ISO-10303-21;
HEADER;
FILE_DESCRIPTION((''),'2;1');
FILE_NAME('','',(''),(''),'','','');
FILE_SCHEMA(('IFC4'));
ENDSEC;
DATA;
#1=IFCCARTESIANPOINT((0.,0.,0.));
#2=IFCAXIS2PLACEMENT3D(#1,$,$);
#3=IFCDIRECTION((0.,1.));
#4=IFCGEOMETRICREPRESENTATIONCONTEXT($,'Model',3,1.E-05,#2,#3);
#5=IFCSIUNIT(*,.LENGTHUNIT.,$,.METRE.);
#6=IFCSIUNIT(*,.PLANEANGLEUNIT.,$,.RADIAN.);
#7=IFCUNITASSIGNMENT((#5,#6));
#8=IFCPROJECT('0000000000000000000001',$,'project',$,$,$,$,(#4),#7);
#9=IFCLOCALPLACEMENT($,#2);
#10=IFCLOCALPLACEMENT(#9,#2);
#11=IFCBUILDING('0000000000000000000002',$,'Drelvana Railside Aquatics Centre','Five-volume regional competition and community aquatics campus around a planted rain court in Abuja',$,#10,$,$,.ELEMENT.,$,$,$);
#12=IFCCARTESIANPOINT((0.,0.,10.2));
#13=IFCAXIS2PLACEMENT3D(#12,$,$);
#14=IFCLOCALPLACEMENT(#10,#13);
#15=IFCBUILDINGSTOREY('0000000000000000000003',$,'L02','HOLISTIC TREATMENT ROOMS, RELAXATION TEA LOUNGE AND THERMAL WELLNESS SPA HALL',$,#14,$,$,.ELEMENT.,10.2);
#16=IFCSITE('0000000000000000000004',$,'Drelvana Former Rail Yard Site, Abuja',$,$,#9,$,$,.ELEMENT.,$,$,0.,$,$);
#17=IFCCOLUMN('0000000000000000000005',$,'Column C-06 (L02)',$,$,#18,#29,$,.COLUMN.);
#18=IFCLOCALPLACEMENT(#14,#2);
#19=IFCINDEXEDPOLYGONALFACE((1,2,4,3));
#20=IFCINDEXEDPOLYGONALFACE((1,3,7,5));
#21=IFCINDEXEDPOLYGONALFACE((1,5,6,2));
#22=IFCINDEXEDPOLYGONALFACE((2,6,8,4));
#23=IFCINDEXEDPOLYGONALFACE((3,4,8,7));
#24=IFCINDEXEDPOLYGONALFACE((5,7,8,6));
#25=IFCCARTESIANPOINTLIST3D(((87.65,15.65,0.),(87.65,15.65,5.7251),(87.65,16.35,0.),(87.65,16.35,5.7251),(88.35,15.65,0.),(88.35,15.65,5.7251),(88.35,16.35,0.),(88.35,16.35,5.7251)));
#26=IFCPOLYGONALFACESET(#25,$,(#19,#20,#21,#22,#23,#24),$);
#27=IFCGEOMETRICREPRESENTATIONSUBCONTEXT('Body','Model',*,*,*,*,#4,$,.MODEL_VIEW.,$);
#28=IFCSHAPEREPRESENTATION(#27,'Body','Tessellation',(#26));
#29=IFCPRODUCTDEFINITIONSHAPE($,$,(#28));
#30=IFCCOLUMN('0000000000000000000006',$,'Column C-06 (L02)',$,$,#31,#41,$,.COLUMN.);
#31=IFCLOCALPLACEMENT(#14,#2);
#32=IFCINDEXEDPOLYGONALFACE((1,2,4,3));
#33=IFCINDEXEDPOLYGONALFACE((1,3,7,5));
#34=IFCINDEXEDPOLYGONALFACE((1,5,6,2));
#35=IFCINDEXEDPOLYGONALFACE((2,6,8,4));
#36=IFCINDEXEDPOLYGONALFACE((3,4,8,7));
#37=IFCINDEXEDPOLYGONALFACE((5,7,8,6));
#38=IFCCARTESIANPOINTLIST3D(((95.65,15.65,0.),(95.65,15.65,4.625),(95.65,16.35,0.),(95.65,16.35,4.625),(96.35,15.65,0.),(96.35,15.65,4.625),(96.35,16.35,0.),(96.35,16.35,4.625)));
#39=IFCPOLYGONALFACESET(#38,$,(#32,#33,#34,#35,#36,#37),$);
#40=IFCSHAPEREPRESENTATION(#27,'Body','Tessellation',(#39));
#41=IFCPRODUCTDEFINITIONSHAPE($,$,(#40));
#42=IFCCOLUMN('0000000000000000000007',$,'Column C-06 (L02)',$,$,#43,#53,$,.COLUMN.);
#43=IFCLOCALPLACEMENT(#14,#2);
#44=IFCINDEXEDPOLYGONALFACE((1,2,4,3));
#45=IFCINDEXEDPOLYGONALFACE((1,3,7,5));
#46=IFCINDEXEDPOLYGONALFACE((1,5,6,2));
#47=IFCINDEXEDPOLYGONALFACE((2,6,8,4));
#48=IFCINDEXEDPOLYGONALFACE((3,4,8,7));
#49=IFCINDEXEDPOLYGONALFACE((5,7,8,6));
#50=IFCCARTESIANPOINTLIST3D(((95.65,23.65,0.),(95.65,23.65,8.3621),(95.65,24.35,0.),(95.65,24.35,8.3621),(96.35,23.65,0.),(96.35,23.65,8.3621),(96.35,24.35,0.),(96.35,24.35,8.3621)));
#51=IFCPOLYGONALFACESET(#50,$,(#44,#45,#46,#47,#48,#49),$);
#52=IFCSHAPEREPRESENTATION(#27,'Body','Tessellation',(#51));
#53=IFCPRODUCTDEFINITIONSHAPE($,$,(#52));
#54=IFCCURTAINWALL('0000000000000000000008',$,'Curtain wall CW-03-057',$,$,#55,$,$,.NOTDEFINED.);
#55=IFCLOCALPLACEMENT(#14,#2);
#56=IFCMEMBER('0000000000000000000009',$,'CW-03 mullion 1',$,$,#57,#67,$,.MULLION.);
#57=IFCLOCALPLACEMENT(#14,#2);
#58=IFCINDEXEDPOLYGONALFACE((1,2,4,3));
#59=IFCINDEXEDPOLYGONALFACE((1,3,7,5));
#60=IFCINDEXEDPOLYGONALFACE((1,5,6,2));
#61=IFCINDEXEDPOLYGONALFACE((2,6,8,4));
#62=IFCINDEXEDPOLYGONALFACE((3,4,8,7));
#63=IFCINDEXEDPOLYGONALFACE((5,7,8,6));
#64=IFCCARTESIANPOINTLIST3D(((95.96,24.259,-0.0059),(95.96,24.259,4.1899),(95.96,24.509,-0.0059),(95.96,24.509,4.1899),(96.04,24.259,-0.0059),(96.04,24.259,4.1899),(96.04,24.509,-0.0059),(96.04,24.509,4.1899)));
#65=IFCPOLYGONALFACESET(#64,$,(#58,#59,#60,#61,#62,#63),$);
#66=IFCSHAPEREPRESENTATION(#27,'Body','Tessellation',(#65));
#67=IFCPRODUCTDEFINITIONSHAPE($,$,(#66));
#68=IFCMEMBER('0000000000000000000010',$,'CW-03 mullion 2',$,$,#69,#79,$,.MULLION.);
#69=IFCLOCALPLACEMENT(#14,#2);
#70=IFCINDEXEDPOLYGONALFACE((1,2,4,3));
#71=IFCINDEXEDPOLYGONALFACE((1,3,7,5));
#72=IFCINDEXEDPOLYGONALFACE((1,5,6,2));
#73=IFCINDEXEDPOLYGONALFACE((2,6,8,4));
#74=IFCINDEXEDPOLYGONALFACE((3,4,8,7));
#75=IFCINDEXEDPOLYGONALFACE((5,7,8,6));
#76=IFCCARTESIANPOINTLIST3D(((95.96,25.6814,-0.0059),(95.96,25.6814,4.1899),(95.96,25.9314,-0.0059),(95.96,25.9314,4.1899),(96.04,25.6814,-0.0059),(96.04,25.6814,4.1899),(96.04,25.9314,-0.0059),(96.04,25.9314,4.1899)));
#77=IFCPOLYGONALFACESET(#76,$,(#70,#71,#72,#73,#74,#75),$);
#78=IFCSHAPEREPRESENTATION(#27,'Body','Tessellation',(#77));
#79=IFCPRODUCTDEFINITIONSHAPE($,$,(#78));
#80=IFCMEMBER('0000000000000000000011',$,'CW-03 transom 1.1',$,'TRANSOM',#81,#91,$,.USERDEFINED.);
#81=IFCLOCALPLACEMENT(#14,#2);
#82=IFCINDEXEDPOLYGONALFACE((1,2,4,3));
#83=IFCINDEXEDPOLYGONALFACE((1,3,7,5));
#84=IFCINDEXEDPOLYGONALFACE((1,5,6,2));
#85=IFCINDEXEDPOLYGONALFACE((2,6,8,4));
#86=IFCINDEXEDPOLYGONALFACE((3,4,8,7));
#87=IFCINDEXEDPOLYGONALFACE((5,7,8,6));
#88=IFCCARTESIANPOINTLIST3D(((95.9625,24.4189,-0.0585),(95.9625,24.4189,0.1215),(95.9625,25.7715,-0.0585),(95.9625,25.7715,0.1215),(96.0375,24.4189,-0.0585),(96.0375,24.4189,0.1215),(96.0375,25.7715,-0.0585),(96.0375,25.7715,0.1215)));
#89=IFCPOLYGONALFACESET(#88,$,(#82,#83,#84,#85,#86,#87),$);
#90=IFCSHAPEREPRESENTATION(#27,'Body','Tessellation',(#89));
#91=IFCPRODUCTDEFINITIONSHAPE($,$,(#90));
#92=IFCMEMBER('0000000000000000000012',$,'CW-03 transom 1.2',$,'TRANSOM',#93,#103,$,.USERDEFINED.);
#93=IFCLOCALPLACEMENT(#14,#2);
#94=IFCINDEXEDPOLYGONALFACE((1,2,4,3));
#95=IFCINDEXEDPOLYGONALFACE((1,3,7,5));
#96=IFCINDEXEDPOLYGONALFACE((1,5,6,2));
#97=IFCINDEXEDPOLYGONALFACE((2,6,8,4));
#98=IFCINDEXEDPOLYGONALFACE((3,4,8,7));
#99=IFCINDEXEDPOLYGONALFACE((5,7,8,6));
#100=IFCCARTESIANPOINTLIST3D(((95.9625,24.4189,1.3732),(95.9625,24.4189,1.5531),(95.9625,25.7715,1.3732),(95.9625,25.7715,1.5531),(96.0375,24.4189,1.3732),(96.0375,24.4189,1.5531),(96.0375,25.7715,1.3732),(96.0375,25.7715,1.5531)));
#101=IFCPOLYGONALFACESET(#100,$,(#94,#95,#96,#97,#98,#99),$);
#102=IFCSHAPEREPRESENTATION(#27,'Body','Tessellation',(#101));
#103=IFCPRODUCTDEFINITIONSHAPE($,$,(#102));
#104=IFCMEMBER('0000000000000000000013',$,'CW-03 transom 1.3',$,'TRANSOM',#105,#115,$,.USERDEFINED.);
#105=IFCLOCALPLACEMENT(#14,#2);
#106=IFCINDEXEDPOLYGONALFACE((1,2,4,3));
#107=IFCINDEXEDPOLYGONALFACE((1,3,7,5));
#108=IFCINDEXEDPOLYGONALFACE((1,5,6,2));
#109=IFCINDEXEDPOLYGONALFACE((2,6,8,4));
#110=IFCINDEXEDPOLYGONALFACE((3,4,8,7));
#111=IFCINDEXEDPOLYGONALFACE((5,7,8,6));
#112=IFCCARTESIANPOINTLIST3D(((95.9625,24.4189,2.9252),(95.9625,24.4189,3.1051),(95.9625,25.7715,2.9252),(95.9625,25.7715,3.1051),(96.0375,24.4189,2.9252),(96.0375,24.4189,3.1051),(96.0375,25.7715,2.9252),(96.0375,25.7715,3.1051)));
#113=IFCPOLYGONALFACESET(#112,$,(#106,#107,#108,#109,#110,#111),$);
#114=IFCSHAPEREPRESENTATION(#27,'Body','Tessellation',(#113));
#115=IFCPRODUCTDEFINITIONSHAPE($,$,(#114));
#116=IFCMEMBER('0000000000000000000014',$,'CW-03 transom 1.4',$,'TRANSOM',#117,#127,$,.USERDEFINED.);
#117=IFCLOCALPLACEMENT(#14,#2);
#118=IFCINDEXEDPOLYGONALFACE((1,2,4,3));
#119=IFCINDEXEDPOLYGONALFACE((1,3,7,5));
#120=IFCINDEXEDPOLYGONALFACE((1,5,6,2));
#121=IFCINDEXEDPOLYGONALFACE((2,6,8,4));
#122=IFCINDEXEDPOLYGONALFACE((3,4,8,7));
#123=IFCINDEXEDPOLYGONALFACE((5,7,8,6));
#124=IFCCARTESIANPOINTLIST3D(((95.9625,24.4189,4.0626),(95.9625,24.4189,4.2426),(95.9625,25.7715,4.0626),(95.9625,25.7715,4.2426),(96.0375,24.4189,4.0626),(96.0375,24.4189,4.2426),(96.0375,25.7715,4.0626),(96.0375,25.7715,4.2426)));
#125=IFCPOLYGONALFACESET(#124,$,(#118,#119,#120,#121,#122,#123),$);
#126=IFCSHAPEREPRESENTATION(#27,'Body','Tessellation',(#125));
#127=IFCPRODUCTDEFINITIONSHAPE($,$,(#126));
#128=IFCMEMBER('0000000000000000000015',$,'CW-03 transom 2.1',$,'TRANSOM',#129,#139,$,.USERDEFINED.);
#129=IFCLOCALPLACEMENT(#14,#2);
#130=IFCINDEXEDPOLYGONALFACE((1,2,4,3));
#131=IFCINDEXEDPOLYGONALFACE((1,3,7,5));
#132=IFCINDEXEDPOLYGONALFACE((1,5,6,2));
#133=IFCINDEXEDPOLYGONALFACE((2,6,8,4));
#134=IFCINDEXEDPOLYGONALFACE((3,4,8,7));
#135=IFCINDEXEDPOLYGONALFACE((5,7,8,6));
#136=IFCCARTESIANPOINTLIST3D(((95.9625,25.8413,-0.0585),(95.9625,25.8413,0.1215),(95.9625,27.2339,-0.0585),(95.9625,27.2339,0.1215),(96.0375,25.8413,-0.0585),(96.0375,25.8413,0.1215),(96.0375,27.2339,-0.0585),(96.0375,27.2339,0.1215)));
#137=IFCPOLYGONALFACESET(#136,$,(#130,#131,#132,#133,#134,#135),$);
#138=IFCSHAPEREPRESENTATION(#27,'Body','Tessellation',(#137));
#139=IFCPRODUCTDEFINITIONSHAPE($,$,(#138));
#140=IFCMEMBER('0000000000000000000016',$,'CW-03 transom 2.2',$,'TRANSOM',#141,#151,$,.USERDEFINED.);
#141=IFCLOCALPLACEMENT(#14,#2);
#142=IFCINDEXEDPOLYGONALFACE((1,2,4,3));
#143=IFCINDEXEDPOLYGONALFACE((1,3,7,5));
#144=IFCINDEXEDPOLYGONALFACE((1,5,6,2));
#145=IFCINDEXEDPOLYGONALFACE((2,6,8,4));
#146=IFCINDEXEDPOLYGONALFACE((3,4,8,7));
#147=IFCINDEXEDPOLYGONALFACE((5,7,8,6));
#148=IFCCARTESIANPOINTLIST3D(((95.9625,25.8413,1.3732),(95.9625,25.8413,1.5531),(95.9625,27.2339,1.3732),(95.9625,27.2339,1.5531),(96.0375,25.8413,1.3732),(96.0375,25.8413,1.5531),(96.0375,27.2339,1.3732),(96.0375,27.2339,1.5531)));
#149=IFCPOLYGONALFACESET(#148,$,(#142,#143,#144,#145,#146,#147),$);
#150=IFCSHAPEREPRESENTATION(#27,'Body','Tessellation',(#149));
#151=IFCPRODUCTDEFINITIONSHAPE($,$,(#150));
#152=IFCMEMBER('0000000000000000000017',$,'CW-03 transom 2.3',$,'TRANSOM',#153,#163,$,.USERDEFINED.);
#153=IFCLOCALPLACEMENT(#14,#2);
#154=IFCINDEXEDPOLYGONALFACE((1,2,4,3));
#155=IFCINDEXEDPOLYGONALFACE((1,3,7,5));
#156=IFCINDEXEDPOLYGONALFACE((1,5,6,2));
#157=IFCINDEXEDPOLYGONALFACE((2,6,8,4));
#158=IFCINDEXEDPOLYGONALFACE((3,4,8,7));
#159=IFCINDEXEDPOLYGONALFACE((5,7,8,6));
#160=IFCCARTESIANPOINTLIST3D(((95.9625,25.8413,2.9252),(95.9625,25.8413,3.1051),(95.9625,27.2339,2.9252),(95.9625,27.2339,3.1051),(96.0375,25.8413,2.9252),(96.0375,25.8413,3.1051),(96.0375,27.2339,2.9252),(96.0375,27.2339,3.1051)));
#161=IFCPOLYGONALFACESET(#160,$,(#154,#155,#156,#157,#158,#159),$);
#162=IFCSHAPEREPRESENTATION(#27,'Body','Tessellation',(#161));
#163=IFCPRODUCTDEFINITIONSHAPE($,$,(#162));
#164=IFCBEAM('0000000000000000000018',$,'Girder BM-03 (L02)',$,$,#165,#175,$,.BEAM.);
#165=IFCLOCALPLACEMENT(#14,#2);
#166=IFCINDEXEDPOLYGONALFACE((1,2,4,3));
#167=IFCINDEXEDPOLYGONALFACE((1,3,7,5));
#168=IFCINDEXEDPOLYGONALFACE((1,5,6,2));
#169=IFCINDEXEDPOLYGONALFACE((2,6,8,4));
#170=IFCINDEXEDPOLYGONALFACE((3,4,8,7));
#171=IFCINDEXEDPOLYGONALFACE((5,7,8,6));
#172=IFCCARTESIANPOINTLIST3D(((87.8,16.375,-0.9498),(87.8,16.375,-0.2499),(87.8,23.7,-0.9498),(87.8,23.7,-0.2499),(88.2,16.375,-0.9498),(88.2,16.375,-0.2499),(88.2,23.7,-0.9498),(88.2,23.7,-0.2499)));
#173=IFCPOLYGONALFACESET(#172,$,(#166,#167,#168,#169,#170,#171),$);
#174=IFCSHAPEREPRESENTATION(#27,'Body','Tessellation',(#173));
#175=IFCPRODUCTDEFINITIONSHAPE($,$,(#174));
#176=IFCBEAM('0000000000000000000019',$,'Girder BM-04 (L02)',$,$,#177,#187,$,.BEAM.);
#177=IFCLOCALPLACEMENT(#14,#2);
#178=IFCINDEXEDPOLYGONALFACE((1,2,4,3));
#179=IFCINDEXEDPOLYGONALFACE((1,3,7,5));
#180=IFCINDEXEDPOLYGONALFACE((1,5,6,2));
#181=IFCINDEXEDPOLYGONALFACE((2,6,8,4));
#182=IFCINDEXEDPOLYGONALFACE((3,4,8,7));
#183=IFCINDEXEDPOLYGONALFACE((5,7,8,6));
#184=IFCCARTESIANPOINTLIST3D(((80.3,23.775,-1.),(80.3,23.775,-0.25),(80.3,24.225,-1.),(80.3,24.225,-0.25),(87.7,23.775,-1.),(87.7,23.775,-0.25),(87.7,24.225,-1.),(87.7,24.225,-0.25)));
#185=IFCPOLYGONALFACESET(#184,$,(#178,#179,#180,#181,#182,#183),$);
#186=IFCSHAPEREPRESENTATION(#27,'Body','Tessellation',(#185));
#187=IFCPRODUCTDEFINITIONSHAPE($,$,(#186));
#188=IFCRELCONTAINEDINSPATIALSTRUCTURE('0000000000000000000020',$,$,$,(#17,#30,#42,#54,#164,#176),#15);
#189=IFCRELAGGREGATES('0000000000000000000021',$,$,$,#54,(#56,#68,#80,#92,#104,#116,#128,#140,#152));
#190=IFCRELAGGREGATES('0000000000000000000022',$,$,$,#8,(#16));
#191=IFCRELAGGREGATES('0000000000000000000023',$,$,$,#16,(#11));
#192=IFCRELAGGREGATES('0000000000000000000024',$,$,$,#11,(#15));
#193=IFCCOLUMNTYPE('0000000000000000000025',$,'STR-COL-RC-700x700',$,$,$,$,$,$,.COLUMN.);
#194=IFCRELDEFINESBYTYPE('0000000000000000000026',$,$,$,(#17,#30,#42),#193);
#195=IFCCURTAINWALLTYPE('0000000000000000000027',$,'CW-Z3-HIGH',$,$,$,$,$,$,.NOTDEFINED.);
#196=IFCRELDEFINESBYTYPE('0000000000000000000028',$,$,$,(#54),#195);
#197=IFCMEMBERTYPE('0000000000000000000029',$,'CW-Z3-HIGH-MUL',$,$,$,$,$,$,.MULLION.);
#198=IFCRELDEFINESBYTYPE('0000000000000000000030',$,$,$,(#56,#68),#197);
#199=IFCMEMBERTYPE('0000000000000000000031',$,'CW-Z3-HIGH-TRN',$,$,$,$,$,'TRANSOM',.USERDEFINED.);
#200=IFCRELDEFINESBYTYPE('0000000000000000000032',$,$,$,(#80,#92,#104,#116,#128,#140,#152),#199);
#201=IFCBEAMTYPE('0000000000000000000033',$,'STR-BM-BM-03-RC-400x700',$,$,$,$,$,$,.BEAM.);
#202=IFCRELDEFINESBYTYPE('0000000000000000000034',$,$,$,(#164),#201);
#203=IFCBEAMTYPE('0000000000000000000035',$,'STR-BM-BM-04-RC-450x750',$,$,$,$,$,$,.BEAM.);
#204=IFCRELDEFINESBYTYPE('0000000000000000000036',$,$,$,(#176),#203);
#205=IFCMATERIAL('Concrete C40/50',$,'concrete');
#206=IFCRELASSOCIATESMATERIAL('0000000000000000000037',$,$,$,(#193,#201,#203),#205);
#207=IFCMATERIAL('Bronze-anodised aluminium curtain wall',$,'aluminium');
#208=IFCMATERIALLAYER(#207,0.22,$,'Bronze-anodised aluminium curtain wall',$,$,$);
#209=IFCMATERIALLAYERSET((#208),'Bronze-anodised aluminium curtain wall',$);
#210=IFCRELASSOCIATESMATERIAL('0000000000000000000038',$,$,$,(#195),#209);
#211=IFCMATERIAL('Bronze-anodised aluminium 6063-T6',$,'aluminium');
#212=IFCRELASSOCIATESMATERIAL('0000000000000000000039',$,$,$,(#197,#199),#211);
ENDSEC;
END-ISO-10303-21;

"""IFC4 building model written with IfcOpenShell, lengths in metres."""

from ifc_helpers import new_model, si_unit, direction, frame, origin, origin_2d, place, context, subcontext, project, spatial, rectangle, extrude, material, layer, layer_set, material_profile, profile_set, type_object, element, aggregate, save


model = new_model("IFC4")

# Units and contexts
model_context = context("Model", 3, precision=1e-05, world=origin(), true_north=direction((0.0, 1.0)))
body_context = subcontext(model_context, "Body", "Model", "MODEL_VIEW")
ifc_project = project(units=[si_unit("LENGTHUNIT", "METRE"), si_unit("PLANEANGLEUNIT", "RADIAN")], contexts=[model_context])

# Site, building, storey
site_placement = place(None, origin())
site = spatial("IfcSite", under=ifc_project, at=site_placement, Name="Drelvana Former Rail Yard Site, Abuja", CompositionType="ELEMENT", RefElevation=0.0)
building_placement = place(site_placement, origin())
building = spatial("IfcBuilding", under=site, at=building_placement, Name="Drelvana Railside Aquatics Centre", Description="Five-volume regional competition and community aquatics campus around a planted rain court in Abuja", CompositionType="ELEMENT")
storey_placement = place(building_placement, frame((0.0, 0.0, 10.2)))
storey = spatial("IfcBuildingStorey", under=building, at=storey_placement, Name="L02", Description="HOLISTIC TREATMENT ROOMS, RELAXATION TEA LOUNGE AND THERMAL WELLNESS SPA HALL", CompositionType="ELEMENT", Elevation=10.2)

# Columns
ifc_material_1 = material(Name="Concrete C40/50", Category="concrete")
ifc_material_profile_1 = material_profile(ifc_material_1, rectangle(XDim=0.7, YDim=0.7, at=origin_2d()), Name="RC 700x700")
ifc_profile_set_1 = profile_set([ifc_material_profile_1], Name="Concrete C40/50")
column_type = type_object("IfcColumnType", Name="STR-COL-RC-700x700", PredefinedType="COLUMN", material=ifc_profile_set_1)
column_1_placement = place(storey_placement, frame((88.0, 16.0, 0.0), z_axis=(0.0, 0.0, 1.0), x_axis=(1.0, 0.0, 0.0)))
element("IfcColumn", 1, at=column_1_placement, inside=storey, type_object=column_type, Name="Column C-06 (L02)", PredefinedType="COLUMN", context=body_context, shape_type="SweptSolid", body=[
    extrude(rectangle(XDim=0.7, YDim=0.7, at=origin_2d()), origin(), (0.0, 0.0, 1.0), 5.7251),
])
column_2_placement = place(storey_placement, frame((96.0, 16.0, 0.0), z_axis=(0.0, 0.0, 1.0), x_axis=(1.0, 0.0, 0.0)))
element("IfcColumn", 2, at=column_2_placement, inside=storey, type_object=column_type, Name="Column C-06 (L02)", PredefinedType="COLUMN", context=body_context, shape_type="SweptSolid", body=[
    extrude(rectangle(XDim=0.7, YDim=0.7, at=origin_2d()), origin(), (0.0, 0.0, 1.0), 4.625),
])
column_3_placement = place(storey_placement, frame((96.0, 24.0, 0.0), z_axis=(0.0, 0.0, 1.0), x_axis=(1.0, 0.0, 0.0)))
element("IfcColumn", 3, at=column_3_placement, inside=storey, type_object=column_type, Name="Column C-06 (L02)", PredefinedType="COLUMN", context=body_context, shape_type="SweptSolid", body=[
    extrude(rectangle(XDim=0.7, YDim=0.7, at=origin_2d()), origin(), (0.0, 0.0, 1.0), 8.3621),
])

# Curtain wall, members
ifc_material_2 = material(Name="Bronze-anodised aluminium curtain wall", Category="aluminium")
ifc_layer_1 = layer(ifc_material_2, 0.22, Name="Bronze-anodised aluminium curtain wall")
ifc_layer_set_1 = layer_set([ifc_layer_1], Name="Bronze-anodised aluminium curtain wall")
curtain_wall_type = type_object("IfcCurtainWallType", Name="CW-Z3-HIGH", PredefinedType="NOTDEFINED", material=ifc_layer_set_1)
curtain_wall_placement = place(storey_placement, origin())
curtain_wall = element("IfcCurtainWall", 4, at=curtain_wall_placement, inside=storey, type_object=curtain_wall_type, Name="Curtain wall CW-03-057", PredefinedType="NOTDEFINED")
ifc_material_3 = material(Name="Bronze-anodised aluminium 6063-T6", Category="aluminium")
ifc_material_profile_2 = material_profile(ifc_material_3, rectangle(XDim=0.0801, YDim=0.25, at=origin_2d()), Name="ALU-M 80x250")
ifc_profile_set_2 = profile_set([ifc_material_profile_2], Name="Bronze-anodised aluminium 6063-T6")
member_type_1 = type_object("IfcMemberType", Name="CW-Z3-HIGH-MUL", PredefinedType="MULLION", material=ifc_profile_set_2)
member_1_placement = place(storey_placement, frame((96.0, 24.384, -0.0059), z_axis=(0.0, 0.0, 1.0), x_axis=(-1.0, 0.0, 0.0)))
member_1 = element("IfcMember", 5, at=member_1_placement, type_object=member_type_1, Name="CW-03 mullion 1", PredefinedType="MULLION", context=body_context, shape_type="SweptSolid", body=[
    extrude(rectangle(XDim=0.0801, YDim=0.25, at=origin_2d()), origin(), (0.0, 0.0, 1.0), 4.1958),
])
member_2_placement = place(storey_placement, frame((96.0, 25.8064, -0.0059), z_axis=(0.0, 0.0, 1.0), x_axis=(-1.0, 0.0, 0.0)))
member_2 = element("IfcMember", 6, at=member_2_placement, type_object=member_type_1, Name="CW-03 mullion 2", PredefinedType="MULLION", context=body_context, shape_type="SweptSolid", body=[
    extrude(rectangle(XDim=0.0801, YDim=0.25, at=origin_2d()), origin(), (0.0, 0.0, 1.0), 4.1958),
])
ifc_material_profile_3 = material_profile(ifc_material_3, rectangle(XDim=0.1799, YDim=0.075, at=origin_2d()), Name="ALU-T 75x180")
ifc_profile_set_3 = profile_set([ifc_material_profile_3], Name="Bronze-anodised aluminium 6063-T6")
member_type_2 = type_object("IfcMemberType", Name="CW-Z3-HIGH-TRN", ElementType="TRANSOM", PredefinedType="USERDEFINED", material=ifc_profile_set_3)
member_3_placement = place(storey_placement, frame((96.0, 24.4189, 0.0315), z_axis=(0.0, 1.0, 0.0), x_axis=(0.0, 0.0, 1.0)))
member_3 = element("IfcMember", 7, at=member_3_placement, type_object=member_type_2, Name="CW-03 transom 1.1", ObjectType="TRANSOM", PredefinedType="USERDEFINED", context=body_context, shape_type="SweptSolid", body=[
    extrude(rectangle(XDim=0.1799, YDim=0.075, at=origin_2d()), origin(), (0.0, 0.0, 1.0), 1.3525),
])
member_4_placement = place(storey_placement, frame((96.0, 24.4189, 1.4631), z_axis=(0.0, 1.0, 0.0), x_axis=(0.0, 0.0, 1.0)))
member_4 = element("IfcMember", 8, at=member_4_placement, type_object=member_type_2, Name="CW-03 transom 1.2", ObjectType="TRANSOM", PredefinedType="USERDEFINED", context=body_context, shape_type="SweptSolid", body=[
    extrude(rectangle(XDim=0.1799, YDim=0.075, at=origin_2d()), origin(), (0.0, 0.0, 1.0), 1.3525),
])
member_5_placement = place(storey_placement, frame((96.0, 24.4189, 3.0151), z_axis=(0.0, 1.0, 0.0), x_axis=(0.0, 0.0, 1.0)))
member_5 = element("IfcMember", 9, at=member_5_placement, type_object=member_type_2, Name="CW-03 transom 1.3", ObjectType="TRANSOM", PredefinedType="USERDEFINED", context=body_context, shape_type="SweptSolid", body=[
    extrude(rectangle(XDim=0.1799, YDim=0.075, at=origin_2d()), origin(), (0.0, 0.0, 1.0), 1.3525),
])
member_6_placement = place(storey_placement, frame((96.0, 24.4189, 4.1526), z_axis=(0.0, 1.0, 0.0), x_axis=(0.0, 0.0, 1.0)))
member_6 = element("IfcMember", 10, at=member_6_placement, type_object=member_type_2, Name="CW-03 transom 1.4", ObjectType="TRANSOM", PredefinedType="USERDEFINED", context=body_context, shape_type="SweptSolid", body=[
    extrude(rectangle(XDim=0.1799, YDim=0.075, at=origin_2d()), origin(), (0.0, 0.0, 1.0), 1.3525),
])
member_7_placement = place(storey_placement, frame((96.0, 25.8413, 0.0315), z_axis=(0.0, 1.0, 0.0), x_axis=(0.0, 0.0, 1.0)))
member_7 = element("IfcMember", 11, at=member_7_placement, type_object=member_type_2, Name="CW-03 transom 2.1", ObjectType="TRANSOM", PredefinedType="USERDEFINED", context=body_context, shape_type="SweptSolid", body=[
    extrude(rectangle(XDim=0.1799, YDim=0.075, at=origin_2d()), origin(), (0.0, 0.0, 1.0), 1.3926),
])
member_8_placement = place(storey_placement, frame((96.0, 25.8413, 1.4631), z_axis=(0.0, 1.0, 0.0), x_axis=(0.0, 0.0, 1.0)))
member_8 = element("IfcMember", 12, at=member_8_placement, type_object=member_type_2, Name="CW-03 transom 2.2", ObjectType="TRANSOM", PredefinedType="USERDEFINED", context=body_context, shape_type="SweptSolid", body=[
    extrude(rectangle(XDim=0.1799, YDim=0.075, at=origin_2d()), origin(), (0.0, 0.0, 1.0), 1.3926),
])
member_9_placement = place(storey_placement, frame((96.0, 25.8413, 3.0151), z_axis=(0.0, 1.0, 0.0), x_axis=(0.0, 0.0, 1.0)))
member_9 = element("IfcMember", 13, at=member_9_placement, type_object=member_type_2, Name="CW-03 transom 2.3", ObjectType="TRANSOM", PredefinedType="USERDEFINED", context=body_context, shape_type="SweptSolid", body=[
    extrude(rectangle(XDim=0.1799, YDim=0.075, at=origin_2d()), origin(), (0.0, 0.0, 1.0), 1.3926),
])

# Beams
ifc_material_profile_4 = material_profile(ifc_material_1, rectangle(XDim=0.3999, YDim=0.7, at=origin_2d()), Name="RC 400x700")
ifc_profile_set_4 = profile_set([ifc_material_profile_4], Name="Concrete C40/50")
beam_type_1 = type_object("IfcBeamType", Name="STR-BM-BM-03-RC-400x700", PredefinedType="BEAM", material=ifc_profile_set_4)
beam_1_placement = place(storey_placement, frame((88.0, 16.375, -0.5999), z_axis=(0.0, 1.0, 0.0), x_axis=(-1.0, 0.0, 0.0)))
element("IfcBeam", 14, at=beam_1_placement, inside=storey, type_object=beam_type_1, Name="Girder BM-03 (L02)", PredefinedType="BEAM", context=body_context, shape_type="SweptSolid", body=[
    extrude(rectangle(XDim=0.3999, YDim=0.7, at=origin_2d()), origin(), (0.0, 0.0, 1.0), 7.325),
])
ifc_material_profile_5 = material_profile(ifc_material_1, rectangle(XDim=0.45, YDim=0.75, at=origin_2d()), Name="RC 450x750")
ifc_profile_set_5 = profile_set([ifc_material_profile_5], Name="Concrete C40/50")
beam_type_2 = type_object("IfcBeamType", Name="STR-BM-BM-04-RC-450x750", PredefinedType="BEAM", material=ifc_profile_set_5)
beam_2_placement = place(storey_placement, frame((80.3, 24.0, -0.625), z_axis=(1.0, 0.0, 0.0), x_axis=(0.0, 1.0, 0.0)))
element("IfcBeam", 15, at=beam_2_placement, inside=storey, type_object=beam_type_2, Name="Girder BM-04 (L02)", PredefinedType="BEAM", context=body_context, shape_type="SweptSolid", body=[
    extrude(rectangle(XDim=0.45, YDim=0.75, at=origin_2d()), origin(), (0.0, 0.0, 1.0), 7.3999),
])

aggregate(curtain_wall, [member_1, member_2, member_3, member_4, member_5, member_6, member_7, member_8, member_9])

save(model, "model.ifc")
